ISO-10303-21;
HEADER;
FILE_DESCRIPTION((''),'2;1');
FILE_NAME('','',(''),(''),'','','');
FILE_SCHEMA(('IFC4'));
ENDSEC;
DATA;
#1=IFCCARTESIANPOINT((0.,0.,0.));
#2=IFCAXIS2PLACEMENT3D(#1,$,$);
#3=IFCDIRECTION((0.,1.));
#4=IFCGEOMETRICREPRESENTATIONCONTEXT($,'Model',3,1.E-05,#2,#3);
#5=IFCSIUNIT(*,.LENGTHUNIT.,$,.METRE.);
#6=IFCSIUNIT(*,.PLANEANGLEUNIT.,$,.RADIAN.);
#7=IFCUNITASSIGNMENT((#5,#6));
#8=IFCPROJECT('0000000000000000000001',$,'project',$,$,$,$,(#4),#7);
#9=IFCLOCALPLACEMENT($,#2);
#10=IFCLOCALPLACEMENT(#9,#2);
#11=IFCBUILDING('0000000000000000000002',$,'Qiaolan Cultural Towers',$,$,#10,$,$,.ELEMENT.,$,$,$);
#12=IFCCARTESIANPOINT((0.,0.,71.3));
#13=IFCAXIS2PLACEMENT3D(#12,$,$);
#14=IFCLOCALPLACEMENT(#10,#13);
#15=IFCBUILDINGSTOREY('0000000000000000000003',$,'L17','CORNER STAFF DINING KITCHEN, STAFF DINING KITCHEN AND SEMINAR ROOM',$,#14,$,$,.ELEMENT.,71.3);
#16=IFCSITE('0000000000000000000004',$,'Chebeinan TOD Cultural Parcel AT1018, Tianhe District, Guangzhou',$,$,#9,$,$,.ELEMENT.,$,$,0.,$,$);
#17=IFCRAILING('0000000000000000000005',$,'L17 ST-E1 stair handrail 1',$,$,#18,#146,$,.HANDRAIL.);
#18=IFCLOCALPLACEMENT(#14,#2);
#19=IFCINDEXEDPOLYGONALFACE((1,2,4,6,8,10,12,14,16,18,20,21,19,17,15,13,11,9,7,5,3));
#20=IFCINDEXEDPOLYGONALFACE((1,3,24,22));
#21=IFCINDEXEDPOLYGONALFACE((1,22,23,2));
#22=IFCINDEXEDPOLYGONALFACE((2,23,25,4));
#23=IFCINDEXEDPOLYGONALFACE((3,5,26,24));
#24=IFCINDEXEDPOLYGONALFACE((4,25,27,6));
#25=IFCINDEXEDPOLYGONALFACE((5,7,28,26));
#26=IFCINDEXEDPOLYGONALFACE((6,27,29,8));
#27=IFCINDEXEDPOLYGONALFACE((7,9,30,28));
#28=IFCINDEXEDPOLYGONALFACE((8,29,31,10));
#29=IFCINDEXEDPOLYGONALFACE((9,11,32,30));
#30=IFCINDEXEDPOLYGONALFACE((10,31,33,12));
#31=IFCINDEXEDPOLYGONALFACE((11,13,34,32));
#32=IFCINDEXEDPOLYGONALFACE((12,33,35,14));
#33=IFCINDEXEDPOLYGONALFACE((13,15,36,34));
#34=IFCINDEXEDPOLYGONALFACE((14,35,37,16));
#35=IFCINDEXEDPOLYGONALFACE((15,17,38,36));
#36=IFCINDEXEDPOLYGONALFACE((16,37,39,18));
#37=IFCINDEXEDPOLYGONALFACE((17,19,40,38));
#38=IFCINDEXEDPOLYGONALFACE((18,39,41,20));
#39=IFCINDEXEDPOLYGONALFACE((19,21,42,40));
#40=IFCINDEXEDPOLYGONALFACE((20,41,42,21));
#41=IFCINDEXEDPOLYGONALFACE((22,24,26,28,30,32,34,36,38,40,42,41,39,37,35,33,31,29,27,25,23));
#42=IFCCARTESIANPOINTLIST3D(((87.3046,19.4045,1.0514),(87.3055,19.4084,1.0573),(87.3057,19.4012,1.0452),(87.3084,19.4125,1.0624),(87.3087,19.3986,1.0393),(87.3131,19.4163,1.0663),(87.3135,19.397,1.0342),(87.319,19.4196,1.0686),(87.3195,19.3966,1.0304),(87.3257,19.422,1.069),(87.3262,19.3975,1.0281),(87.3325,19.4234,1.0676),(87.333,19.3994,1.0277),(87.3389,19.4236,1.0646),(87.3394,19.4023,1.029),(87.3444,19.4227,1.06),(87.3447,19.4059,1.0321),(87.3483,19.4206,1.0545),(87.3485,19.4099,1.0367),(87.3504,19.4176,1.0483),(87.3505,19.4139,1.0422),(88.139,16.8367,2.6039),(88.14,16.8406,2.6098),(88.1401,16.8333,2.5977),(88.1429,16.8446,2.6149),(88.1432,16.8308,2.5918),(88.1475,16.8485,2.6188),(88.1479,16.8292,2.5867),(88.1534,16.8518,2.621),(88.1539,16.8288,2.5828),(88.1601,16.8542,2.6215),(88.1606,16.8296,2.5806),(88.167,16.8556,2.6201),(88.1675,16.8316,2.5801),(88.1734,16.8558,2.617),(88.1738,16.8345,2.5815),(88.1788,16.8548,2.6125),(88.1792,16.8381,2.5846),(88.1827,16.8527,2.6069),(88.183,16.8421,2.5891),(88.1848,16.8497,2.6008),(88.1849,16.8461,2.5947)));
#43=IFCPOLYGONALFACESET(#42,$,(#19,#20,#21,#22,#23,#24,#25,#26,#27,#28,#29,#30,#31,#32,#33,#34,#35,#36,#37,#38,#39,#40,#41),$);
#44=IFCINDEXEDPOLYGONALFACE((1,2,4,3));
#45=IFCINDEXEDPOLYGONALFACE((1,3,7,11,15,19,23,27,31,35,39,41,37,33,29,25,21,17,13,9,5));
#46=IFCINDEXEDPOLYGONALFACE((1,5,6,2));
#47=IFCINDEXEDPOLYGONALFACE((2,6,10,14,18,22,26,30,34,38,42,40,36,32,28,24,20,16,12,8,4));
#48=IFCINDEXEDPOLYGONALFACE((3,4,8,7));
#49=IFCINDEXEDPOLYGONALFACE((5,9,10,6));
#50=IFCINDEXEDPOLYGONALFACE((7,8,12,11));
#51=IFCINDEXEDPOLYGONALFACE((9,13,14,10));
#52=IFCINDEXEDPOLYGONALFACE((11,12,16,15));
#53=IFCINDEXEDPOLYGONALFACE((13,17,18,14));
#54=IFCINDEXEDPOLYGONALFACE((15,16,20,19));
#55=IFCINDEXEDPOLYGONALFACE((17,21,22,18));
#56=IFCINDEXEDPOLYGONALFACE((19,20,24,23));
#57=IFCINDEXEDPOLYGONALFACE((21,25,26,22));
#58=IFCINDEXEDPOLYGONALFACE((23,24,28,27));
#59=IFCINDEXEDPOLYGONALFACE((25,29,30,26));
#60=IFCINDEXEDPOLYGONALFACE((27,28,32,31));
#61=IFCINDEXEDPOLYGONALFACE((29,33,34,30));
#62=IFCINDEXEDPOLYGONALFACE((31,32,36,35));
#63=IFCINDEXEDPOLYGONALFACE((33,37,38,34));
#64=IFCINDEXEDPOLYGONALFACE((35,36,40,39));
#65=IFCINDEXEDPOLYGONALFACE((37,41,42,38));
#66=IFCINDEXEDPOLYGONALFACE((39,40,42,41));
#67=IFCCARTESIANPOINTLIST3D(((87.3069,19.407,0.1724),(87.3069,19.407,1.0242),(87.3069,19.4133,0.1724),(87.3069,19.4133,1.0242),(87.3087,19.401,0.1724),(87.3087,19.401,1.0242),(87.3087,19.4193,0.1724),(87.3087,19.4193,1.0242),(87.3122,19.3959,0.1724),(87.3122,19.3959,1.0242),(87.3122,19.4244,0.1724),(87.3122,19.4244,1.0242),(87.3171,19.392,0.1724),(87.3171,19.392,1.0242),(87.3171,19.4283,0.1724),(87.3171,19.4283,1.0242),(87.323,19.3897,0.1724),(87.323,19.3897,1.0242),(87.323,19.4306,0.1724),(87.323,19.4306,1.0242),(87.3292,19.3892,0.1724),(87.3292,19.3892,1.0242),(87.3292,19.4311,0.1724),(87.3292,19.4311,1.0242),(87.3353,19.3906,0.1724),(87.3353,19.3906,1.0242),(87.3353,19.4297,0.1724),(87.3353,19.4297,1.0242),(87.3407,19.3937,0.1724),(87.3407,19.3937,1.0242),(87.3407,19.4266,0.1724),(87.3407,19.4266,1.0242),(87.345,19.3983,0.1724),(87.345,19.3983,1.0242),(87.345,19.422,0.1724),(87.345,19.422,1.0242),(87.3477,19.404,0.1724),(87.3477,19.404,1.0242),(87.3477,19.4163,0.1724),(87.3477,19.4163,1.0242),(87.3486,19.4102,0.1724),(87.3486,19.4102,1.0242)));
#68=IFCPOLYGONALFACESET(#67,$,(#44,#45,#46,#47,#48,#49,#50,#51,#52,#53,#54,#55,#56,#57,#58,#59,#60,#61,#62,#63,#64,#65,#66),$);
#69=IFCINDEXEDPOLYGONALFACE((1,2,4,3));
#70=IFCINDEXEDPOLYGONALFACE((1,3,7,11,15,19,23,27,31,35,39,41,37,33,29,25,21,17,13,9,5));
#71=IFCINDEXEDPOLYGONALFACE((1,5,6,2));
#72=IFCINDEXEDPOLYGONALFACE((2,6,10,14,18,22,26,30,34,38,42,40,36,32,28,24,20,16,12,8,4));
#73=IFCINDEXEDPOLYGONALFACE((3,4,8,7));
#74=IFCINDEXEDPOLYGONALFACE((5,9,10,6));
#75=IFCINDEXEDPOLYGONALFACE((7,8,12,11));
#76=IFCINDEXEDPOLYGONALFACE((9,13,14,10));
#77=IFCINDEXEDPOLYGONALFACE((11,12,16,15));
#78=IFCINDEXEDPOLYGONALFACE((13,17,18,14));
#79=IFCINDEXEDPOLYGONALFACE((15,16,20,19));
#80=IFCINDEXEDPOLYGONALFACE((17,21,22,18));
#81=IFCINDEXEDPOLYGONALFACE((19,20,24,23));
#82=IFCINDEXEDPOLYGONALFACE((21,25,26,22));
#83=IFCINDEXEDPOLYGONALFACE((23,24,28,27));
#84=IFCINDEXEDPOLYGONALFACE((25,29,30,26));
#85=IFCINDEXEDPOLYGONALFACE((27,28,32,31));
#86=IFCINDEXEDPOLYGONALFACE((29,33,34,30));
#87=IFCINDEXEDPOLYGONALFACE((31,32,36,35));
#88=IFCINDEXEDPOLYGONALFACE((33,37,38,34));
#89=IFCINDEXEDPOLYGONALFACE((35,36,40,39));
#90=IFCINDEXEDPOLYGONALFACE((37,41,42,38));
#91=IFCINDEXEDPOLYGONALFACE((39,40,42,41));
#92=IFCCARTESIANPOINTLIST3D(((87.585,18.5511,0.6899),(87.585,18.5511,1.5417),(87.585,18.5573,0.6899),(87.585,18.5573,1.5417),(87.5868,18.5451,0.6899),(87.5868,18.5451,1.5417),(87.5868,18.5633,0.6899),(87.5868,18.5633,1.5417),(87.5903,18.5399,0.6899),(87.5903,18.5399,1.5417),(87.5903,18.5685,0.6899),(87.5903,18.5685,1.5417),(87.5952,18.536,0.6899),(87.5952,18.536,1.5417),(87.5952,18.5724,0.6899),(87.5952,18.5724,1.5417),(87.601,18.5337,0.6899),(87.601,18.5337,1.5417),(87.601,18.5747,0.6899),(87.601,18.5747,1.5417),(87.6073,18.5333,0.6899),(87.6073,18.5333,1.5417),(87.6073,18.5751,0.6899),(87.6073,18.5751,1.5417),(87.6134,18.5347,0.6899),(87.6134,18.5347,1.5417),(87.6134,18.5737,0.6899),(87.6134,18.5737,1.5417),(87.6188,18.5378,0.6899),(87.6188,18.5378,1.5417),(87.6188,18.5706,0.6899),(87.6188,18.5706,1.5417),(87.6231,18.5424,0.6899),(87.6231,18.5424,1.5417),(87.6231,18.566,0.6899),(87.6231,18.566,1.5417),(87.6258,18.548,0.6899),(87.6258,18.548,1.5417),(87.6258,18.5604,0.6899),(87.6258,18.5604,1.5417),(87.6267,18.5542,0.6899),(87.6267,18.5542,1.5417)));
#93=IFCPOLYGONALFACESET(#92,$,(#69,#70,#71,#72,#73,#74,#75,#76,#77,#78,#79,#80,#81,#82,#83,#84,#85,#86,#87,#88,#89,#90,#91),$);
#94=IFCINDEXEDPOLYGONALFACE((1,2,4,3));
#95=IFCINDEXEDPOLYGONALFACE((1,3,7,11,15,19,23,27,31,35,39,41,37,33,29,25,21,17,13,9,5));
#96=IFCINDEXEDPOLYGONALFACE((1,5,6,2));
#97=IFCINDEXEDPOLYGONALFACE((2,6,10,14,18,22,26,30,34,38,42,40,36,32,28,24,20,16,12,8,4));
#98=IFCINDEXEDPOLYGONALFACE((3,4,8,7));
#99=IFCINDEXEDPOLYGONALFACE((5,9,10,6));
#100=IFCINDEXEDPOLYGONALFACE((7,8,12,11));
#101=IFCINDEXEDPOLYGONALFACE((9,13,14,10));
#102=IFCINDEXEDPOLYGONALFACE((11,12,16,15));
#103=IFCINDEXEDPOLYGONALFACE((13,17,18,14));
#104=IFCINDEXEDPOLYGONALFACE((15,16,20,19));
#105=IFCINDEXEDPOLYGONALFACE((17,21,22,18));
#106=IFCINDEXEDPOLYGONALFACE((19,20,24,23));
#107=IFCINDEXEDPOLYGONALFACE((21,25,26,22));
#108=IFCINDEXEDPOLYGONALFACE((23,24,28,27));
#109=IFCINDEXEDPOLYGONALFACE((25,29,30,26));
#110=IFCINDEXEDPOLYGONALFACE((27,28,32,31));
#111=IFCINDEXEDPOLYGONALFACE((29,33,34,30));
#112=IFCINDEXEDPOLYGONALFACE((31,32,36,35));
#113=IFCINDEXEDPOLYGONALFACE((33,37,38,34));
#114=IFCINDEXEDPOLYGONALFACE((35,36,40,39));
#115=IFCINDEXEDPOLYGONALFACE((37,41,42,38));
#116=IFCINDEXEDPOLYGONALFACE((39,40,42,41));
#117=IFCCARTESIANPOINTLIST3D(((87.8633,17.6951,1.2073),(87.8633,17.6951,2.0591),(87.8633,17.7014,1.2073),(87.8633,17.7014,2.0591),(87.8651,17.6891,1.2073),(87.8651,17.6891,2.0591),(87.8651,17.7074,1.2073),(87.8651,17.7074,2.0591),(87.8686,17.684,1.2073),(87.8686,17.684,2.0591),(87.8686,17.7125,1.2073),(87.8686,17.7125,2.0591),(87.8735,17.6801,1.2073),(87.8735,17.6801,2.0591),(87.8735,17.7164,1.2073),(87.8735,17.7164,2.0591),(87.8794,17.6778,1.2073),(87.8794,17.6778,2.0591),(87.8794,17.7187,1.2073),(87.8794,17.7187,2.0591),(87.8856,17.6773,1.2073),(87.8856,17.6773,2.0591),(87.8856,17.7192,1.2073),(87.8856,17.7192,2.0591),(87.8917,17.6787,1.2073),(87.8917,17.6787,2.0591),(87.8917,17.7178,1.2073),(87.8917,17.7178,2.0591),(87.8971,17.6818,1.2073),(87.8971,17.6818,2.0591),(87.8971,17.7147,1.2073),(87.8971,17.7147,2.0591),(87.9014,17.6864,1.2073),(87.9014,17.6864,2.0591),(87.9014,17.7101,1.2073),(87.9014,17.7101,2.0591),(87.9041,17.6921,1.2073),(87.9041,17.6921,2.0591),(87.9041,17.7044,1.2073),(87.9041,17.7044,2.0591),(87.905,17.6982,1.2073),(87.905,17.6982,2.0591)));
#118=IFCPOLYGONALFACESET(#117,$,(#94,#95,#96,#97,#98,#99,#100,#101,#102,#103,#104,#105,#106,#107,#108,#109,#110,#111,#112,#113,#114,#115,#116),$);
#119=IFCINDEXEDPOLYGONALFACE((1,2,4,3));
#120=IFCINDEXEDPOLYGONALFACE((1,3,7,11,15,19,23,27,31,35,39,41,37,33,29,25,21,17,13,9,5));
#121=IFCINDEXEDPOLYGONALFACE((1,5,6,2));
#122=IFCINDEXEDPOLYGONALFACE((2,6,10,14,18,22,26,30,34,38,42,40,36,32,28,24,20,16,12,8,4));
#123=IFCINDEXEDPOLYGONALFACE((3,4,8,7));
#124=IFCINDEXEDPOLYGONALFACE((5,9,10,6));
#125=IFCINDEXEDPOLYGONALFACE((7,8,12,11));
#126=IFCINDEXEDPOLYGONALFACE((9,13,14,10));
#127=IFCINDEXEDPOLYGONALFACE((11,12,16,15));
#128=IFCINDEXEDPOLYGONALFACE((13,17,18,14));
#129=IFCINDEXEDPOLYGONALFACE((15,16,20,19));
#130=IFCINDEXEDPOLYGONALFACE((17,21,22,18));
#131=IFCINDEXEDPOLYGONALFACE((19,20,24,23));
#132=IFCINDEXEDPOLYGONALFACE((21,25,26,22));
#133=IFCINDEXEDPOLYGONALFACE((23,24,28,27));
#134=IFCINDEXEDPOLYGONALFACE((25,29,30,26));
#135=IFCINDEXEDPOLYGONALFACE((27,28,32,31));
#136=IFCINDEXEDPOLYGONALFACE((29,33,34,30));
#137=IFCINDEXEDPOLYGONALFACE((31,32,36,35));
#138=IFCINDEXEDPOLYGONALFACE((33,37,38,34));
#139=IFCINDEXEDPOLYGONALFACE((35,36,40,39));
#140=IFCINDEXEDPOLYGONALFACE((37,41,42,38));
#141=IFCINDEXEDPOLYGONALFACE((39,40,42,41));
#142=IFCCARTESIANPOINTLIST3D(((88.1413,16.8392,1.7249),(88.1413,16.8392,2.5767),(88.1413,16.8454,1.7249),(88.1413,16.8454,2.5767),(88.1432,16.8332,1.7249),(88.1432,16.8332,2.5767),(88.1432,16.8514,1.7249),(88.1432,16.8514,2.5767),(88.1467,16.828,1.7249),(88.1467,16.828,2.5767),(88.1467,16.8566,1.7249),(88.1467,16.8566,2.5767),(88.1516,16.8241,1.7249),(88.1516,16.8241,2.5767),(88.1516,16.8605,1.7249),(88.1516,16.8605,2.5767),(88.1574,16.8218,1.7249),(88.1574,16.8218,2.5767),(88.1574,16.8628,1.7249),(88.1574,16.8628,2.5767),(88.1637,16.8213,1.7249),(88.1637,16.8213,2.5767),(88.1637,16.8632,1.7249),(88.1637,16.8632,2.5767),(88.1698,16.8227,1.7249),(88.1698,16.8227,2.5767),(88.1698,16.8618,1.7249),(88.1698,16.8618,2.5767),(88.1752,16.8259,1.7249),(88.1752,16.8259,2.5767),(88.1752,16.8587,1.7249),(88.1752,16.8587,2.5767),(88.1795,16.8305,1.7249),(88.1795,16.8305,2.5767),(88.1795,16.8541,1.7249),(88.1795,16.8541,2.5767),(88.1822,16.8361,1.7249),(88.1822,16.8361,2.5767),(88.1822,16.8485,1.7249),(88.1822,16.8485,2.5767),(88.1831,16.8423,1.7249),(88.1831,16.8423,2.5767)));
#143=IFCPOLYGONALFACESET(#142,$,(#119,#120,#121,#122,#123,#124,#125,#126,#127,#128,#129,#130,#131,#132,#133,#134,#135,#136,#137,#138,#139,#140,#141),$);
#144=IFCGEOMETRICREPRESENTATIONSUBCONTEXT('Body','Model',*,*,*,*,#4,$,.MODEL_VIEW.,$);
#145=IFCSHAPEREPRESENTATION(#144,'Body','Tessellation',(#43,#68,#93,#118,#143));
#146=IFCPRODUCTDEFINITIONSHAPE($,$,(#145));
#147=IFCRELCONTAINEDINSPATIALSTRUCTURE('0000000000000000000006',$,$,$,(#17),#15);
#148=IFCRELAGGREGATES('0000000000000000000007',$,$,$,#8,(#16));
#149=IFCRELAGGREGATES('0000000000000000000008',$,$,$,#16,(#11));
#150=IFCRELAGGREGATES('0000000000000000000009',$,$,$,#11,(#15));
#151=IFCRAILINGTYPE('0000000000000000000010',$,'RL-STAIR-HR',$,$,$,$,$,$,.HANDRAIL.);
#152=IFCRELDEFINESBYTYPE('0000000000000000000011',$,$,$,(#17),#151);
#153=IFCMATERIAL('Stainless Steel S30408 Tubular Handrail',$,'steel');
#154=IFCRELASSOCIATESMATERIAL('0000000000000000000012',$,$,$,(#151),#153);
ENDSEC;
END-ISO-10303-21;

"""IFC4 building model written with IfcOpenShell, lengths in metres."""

from ifc_helpers import new_model, si_unit, direction, frame, origin, origin_2d, place, context, subcontext, project, spatial, circle, extrude, material, type_object, element, save


model = new_model("IFC4")

# Units and contexts
model_context = context("Model", 3, precision=1e-05, world=origin(), true_north=direction((0.0, 1.0)))
body_context = subcontext(model_context, "Body", "Model", "MODEL_VIEW")
ifc_project = project(units=[si_unit("LENGTHUNIT", "METRE"), si_unit("PLANEANGLEUNIT", "RADIAN")], contexts=[model_context])

# Site, building, storey
site_placement = place(None, origin())
site = spatial("IfcSite", under=ifc_project, at=site_placement, Name="Chebeinan TOD Cultural Parcel AT1018, Tianhe District, Guangzhou", CompositionType="ELEMENT", RefElevation=0.0)
building_placement = place(site_placement, origin())
building = spatial("IfcBuilding", under=site, at=building_placement, Name="Qiaolan Cultural Towers", CompositionType="ELEMENT")
storey_placement = place(building_placement, frame((0.0, 0.0, 71.3)))
storey = spatial("IfcBuildingStorey", under=building, at=storey_placement, Name="L17", Description="CORNER STAFF DINING KITCHEN, STAFF DINING KITCHEN AND SEMINAR ROOM", CompositionType="ELEMENT", Elevation=71.3)

# Railing
ifc_material_1 = material(Name="Stainless Steel S30408 Tubular Handrail", Category="steel")
railing_type_1 = type_object("IfcRailingType", Name="RL-STAIR-HR", PredefinedType="HANDRAIL", material=ifc_material_1)
railing_1_placement = place(storey_placement, frame((87.3276, 19.4102, 0.1724)))
element("IfcRailing", 1, at=railing_1_placement, inside=storey, type_object=railing_type_1, Name="L17 ST-E1 stair handrail 1", PredefinedType="HANDRAIL", context=body_context, shape_type="SweptSolid", body=[
    extrude(circle(Radius=0.0239, at=origin_2d()), frame((0.0, 0.0, 0.876), z_axis=(0.267926, -0.824471, 0.498461), x_axis=(0.951043, 0.309057, 0.0)), (0.0, 0.0, 1.0), 3.1145),
    extrude(circle(Radius=0.021, at=origin_2d()), origin(), (0.0, 0.0, 1.0), 0.8518),
    extrude(circle(Radius=0.021, at=origin_2d()), frame((0.2781, -0.856, 0.5176)), (0.0, 0.0, 1.0), 0.8518),
    extrude(circle(Radius=0.021, at=origin_2d()), frame((0.5564, -1.7119, 1.0349)), (0.0, 0.0, 1.0), 0.8518),
    extrude(circle(Radius=0.021, at=origin_2d()), frame((0.8345, -2.5679, 1.5525)), (0.0, 0.0, 1.0), 0.8518),
])

save(model, "model.ifc")
